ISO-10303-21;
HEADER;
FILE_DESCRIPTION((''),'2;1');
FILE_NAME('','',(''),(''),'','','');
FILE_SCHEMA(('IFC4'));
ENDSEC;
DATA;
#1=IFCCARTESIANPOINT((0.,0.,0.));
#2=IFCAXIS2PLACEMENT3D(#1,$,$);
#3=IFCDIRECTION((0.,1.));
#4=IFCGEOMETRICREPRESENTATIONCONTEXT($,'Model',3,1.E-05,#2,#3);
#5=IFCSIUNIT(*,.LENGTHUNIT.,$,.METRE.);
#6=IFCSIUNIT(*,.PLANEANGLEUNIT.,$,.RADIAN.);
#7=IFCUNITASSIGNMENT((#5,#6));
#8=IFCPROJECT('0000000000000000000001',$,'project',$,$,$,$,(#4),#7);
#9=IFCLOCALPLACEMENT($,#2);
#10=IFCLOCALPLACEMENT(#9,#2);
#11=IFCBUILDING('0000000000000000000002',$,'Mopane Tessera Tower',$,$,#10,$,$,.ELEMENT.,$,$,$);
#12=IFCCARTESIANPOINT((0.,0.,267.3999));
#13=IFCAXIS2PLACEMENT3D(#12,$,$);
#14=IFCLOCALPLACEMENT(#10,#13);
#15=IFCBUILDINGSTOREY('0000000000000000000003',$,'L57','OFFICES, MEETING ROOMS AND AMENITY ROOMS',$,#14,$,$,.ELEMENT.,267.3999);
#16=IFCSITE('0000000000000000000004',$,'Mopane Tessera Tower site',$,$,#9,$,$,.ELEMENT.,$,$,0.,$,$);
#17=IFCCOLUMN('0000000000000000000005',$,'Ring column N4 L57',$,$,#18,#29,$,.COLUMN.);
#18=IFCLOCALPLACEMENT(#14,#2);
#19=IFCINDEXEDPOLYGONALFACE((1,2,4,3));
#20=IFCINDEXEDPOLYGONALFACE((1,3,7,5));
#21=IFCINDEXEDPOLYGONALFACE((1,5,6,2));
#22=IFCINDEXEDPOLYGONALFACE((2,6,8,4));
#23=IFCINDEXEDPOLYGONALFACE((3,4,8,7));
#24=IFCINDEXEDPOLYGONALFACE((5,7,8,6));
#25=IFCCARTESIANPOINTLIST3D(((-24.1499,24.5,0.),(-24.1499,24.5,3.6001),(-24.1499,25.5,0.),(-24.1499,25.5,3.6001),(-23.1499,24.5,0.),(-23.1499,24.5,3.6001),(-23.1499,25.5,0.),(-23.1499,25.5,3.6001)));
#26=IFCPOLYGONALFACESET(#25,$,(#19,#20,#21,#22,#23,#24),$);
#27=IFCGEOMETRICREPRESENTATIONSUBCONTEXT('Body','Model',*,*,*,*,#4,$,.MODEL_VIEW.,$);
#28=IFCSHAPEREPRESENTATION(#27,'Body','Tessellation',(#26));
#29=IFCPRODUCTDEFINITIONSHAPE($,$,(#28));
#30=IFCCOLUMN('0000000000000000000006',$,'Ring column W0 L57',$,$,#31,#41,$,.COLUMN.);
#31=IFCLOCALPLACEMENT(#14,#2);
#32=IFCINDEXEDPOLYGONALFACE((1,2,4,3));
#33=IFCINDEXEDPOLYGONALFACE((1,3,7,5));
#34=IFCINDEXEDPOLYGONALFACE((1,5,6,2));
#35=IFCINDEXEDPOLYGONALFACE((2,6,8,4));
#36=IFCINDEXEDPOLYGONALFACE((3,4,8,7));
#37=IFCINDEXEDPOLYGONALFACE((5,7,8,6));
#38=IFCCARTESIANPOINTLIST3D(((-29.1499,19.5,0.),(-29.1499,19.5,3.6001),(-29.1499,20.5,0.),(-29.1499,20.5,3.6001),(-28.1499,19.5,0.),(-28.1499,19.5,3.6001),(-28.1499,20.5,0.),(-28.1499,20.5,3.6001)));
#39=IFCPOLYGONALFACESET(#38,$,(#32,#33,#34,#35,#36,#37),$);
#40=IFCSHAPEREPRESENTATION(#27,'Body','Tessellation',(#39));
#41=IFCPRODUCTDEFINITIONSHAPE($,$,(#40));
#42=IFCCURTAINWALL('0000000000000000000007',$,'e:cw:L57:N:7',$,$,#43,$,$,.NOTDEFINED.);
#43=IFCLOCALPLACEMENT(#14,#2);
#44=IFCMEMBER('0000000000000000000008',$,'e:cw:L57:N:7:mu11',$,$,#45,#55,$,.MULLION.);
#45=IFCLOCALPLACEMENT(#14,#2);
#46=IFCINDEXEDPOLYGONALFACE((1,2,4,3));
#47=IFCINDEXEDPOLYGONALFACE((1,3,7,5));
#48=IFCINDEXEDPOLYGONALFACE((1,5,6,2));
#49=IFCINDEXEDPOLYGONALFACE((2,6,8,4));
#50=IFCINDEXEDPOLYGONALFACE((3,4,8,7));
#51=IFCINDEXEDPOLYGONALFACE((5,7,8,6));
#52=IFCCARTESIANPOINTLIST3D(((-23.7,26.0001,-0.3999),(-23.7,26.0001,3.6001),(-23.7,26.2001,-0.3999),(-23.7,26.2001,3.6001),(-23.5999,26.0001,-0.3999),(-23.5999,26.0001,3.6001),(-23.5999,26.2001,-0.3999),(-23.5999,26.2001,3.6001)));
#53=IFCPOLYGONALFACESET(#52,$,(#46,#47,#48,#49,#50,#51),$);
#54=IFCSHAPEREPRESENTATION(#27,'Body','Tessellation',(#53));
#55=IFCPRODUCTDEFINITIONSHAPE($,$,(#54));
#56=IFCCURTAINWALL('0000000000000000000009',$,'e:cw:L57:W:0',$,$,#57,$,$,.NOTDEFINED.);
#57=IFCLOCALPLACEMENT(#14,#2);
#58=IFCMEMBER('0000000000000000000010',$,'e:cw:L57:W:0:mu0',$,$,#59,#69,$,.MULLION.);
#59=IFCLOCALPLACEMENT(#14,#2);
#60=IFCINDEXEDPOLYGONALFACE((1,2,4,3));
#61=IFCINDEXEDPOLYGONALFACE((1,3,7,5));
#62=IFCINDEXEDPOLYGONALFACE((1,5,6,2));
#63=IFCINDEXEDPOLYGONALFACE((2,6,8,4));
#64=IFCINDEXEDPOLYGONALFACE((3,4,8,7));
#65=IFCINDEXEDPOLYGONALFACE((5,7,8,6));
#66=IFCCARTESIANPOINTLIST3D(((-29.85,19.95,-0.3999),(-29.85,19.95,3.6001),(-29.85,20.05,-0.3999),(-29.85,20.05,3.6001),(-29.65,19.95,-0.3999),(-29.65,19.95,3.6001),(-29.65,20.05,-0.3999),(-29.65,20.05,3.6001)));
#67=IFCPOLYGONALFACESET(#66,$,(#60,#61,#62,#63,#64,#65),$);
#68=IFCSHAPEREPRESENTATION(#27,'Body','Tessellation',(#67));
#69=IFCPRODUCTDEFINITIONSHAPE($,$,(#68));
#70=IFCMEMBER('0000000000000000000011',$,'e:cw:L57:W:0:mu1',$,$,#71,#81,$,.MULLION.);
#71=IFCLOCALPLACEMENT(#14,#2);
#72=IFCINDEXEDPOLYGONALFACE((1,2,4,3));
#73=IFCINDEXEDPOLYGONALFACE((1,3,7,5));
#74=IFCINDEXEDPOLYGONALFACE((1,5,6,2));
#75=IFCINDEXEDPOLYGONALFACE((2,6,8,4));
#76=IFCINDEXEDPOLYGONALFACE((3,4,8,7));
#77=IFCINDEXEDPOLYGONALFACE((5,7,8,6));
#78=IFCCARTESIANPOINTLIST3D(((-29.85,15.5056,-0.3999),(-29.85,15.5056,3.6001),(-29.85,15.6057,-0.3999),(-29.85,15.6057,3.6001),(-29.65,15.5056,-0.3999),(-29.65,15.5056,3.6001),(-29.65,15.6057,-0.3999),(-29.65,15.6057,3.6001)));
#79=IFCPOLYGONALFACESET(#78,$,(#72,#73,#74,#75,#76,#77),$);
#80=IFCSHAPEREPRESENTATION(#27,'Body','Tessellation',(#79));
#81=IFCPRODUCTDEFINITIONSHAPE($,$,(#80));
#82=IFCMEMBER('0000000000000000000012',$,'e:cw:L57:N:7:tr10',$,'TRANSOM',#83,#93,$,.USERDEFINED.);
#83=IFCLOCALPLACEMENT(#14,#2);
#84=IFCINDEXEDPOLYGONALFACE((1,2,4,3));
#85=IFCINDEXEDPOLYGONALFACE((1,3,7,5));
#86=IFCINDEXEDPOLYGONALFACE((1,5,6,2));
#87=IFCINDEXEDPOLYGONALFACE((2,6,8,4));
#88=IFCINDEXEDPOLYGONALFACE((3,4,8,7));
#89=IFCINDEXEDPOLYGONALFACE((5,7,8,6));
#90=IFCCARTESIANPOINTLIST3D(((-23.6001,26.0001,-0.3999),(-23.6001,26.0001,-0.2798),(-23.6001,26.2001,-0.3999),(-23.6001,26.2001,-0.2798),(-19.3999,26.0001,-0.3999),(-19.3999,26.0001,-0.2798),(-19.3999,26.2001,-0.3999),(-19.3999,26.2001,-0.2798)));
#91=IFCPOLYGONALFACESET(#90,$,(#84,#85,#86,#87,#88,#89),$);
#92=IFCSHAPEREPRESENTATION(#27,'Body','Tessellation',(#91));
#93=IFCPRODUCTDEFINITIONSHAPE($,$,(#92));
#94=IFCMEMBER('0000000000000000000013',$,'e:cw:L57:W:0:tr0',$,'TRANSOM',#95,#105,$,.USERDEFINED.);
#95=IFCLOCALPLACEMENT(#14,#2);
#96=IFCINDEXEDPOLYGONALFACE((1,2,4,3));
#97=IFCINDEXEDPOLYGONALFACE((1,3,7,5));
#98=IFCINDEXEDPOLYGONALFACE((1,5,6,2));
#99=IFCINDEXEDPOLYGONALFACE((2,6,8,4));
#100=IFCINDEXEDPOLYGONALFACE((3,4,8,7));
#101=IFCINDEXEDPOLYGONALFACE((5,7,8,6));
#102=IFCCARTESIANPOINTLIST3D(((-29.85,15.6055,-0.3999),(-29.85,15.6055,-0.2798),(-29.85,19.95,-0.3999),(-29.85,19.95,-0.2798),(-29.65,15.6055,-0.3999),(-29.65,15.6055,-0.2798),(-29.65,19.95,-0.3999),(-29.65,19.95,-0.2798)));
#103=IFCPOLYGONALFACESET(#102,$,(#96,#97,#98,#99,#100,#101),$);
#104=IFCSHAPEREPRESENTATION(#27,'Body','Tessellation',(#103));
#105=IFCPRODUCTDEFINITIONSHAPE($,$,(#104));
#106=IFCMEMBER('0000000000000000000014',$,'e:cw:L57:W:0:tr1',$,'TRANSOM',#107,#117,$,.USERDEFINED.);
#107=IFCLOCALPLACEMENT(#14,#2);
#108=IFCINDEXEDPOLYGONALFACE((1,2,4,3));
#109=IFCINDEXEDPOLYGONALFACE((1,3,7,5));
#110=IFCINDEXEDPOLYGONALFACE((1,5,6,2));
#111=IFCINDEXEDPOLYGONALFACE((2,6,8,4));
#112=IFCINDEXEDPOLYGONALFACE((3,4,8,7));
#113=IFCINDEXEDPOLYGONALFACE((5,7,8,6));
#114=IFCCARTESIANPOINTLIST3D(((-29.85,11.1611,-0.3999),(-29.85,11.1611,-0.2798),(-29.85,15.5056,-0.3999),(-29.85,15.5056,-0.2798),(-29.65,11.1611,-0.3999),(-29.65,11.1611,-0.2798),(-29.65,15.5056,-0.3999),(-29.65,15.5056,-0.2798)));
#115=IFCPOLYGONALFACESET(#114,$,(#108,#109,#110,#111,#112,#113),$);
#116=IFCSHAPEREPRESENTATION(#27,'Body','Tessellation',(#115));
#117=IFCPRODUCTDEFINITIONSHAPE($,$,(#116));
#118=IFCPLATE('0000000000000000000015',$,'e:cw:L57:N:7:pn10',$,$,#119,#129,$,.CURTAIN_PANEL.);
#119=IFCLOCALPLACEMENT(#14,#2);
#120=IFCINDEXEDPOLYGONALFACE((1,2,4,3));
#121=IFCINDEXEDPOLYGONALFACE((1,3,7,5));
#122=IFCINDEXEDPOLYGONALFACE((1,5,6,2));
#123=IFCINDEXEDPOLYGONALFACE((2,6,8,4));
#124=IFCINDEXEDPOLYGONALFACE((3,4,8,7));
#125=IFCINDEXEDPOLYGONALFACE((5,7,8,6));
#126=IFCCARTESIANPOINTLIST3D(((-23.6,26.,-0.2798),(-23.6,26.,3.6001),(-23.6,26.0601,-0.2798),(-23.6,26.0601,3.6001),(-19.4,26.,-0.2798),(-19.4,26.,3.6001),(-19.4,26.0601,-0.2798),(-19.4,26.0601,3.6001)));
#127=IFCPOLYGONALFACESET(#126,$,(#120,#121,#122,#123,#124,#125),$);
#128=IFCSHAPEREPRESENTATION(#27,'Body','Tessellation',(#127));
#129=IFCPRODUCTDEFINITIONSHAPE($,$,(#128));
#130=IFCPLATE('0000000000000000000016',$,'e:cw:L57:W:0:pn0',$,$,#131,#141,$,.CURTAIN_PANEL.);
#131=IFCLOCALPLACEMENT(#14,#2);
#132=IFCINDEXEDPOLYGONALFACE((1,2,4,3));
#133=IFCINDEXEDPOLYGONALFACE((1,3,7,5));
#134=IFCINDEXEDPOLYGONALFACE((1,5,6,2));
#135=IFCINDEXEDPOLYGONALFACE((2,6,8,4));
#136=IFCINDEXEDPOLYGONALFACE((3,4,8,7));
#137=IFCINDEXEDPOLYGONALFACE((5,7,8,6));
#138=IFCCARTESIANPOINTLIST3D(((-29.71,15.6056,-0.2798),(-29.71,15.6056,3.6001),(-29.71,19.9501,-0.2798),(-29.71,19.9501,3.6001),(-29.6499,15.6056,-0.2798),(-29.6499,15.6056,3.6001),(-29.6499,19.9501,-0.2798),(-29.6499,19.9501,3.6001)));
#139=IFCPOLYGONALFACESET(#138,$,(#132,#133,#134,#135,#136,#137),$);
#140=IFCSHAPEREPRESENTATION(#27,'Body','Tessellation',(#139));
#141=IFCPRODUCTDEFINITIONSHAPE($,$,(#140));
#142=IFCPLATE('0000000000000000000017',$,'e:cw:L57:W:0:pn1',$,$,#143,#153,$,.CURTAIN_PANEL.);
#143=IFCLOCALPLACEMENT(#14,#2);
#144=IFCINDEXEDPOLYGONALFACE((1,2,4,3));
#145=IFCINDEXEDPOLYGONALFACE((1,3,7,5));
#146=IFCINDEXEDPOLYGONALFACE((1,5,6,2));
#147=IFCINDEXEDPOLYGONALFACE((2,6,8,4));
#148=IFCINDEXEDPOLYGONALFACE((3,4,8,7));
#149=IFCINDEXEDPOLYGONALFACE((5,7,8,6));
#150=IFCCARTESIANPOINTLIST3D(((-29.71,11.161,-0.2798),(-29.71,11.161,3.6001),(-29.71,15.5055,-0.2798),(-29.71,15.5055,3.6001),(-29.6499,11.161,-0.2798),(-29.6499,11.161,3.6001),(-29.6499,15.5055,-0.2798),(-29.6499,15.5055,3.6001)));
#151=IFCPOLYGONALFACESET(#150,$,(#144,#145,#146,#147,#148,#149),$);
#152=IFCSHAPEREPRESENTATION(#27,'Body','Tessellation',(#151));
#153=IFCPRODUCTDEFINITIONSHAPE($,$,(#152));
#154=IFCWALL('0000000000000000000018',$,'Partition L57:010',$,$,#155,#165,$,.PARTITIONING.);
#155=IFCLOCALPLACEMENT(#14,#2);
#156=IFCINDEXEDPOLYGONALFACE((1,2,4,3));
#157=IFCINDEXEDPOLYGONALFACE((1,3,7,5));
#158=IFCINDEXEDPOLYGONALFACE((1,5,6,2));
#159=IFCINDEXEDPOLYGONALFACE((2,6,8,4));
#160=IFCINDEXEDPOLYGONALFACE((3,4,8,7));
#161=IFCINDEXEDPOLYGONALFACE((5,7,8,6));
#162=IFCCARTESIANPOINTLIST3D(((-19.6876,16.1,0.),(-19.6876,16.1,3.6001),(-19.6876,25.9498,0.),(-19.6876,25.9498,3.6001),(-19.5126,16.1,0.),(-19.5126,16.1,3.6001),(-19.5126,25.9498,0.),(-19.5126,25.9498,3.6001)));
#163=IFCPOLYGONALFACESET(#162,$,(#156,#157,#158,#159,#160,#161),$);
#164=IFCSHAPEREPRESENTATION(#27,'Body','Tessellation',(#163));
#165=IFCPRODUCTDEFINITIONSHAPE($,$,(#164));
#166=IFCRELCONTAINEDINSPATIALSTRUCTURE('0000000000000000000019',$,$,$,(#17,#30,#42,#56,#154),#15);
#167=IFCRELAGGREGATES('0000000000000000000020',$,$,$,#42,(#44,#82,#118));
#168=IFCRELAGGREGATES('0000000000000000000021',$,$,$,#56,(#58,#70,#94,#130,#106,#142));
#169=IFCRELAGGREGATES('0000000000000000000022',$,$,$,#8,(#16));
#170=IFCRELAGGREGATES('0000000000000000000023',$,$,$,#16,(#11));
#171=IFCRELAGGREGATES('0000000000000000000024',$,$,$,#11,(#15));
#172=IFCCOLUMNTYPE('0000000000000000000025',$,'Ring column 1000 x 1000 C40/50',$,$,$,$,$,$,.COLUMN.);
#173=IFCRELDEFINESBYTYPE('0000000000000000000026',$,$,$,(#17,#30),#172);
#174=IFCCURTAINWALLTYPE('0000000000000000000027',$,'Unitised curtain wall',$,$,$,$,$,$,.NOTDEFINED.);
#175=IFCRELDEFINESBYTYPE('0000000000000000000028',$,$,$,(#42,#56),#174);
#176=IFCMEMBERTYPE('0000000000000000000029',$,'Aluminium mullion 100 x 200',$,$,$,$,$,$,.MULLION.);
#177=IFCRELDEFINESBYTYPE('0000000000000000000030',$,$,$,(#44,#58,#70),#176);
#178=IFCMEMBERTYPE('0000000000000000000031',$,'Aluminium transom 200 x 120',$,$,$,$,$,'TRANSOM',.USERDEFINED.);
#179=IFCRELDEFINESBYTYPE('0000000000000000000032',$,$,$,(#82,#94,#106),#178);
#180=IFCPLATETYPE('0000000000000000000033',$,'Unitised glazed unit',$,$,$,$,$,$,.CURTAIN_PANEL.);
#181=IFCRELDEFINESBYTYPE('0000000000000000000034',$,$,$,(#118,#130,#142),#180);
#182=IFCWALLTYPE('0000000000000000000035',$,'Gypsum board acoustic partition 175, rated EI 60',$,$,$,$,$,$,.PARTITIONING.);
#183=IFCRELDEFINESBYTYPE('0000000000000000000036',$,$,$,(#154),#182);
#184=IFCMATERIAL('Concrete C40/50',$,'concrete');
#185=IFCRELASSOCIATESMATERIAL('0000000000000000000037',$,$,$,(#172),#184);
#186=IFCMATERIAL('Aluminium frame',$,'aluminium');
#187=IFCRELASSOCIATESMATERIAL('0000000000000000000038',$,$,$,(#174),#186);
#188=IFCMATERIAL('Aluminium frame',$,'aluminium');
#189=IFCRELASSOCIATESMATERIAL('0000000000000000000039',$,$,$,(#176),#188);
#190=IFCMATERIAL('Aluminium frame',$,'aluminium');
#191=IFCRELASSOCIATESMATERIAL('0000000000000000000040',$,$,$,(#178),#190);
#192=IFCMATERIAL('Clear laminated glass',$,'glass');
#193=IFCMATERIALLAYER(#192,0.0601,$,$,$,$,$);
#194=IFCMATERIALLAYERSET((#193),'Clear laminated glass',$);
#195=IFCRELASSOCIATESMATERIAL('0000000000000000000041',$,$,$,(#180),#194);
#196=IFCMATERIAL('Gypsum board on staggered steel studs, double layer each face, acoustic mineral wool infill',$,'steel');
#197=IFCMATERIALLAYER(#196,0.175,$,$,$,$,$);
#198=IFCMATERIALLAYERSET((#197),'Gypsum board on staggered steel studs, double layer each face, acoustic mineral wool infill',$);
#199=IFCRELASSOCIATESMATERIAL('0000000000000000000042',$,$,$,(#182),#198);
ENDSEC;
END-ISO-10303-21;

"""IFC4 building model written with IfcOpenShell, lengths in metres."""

from ifc_helpers import new_model, si_unit, direction, frame, frame_2d, origin, origin_2d, place, context, subcontext, project, spatial, rectangle, extrude, material, layer, layer_set, material_profile, profile_set, type_object, element, aggregate, save


model = new_model("IFC4")

# Units and contexts
model_context = context("Model", 3, precision=1e-05, world=origin(), true_north=direction((0.0, 1.0)))
body_context = subcontext(model_context, "Body", "Model", "MODEL_VIEW")
ifc_project = project(units=[si_unit("LENGTHUNIT", "METRE"), si_unit("PLANEANGLEUNIT", "RADIAN")], contexts=[model_context])

# Site, building, storey
site_placement = place(None, origin())
site = spatial("IfcSite", under=ifc_project, at=site_placement, Name="Mopane Tessera Tower site", CompositionType="ELEMENT", RefElevation=0.0)
building_placement = place(site_placement, origin())
building = spatial("IfcBuilding", under=site, at=building_placement, Name="Mopane Tessera Tower", CompositionType="ELEMENT")
storey_placement = place(building_placement, frame((0.0, 0.0, 267.3999)))
storey = spatial("IfcBuildingStorey", under=building, at=storey_placement, Name="L57", Description="OFFICES, MEETING ROOMS AND AMENITY ROOMS", CompositionType="ELEMENT", Elevation=267.3999)

# Columns
ifc_material_1 = material(Name="Concrete C40/50", Category="concrete")
ifc_material_profile_1 = material_profile(ifc_material_1, rectangle(XDim=1.0, YDim=1.0, at=origin_2d()))
ifc_profile_set_1 = profile_set([ifc_material_profile_1], Name="Concrete C40/50")
column_type = type_object("IfcColumnType", Name="Ring column 1000 x 1000 C40/50", PredefinedType="COLUMN", material=ifc_profile_set_1)
for number, where, z_axis, x_axis, name in (
    (1, (-23.6499, 25.0, 0.0), (0.0, 0.0, 1.0), (1.0, 0.0, 0.0), "Ring column N4 L57"),
    (2, (-28.6499, 20.0, 0.0), (0.0, 0.0, 1.0), (1.0, 0.0, 0.0), "Ring column W0 L57"),
):
    element("IfcColumn", number, at=place(storey_placement, frame(where, z_axis=z_axis, x_axis=x_axis)), inside=storey, type_object=column_type, Name=name, PredefinedType="COLUMN", context=body_context, shape_type="SweptSolid", body=[
        extrude(rectangle(XDim=1.0, YDim=1.0, at=origin_2d()), origin(), (0.0, 0.0, 1.0), 3.6001),
    ])

# Curtain wall, member
ifc_material_2 = material(Name="Aluminium frame", Category="aluminium")
curtain_wall_type = type_object("IfcCurtainWallType", Name="Unitised curtain wall", PredefinedType="NOTDEFINED", material=ifc_material_2)
curtain_wall_1_placement = place(storey_placement, origin())
curtain_wall_1 = element("IfcCurtainWall", 3, at=curtain_wall_1_placement, inside=storey, type_object=curtain_wall_type, Name="e:cw:L57:N:7", PredefinedType="NOTDEFINED")
ifc_material_3 = material(Name="Aluminium frame", Category="aluminium")
ifc_material_profile_2 = material_profile(ifc_material_3, rectangle(XDim=0.1001, YDim=0.2, at=origin_2d()))
ifc_profile_set_2 = profile_set([ifc_material_profile_2], Name="Aluminium frame")
member_type_1 = type_object("IfcMemberType", Name="Aluminium mullion 100 x 200", PredefinedType="MULLION", material=ifc_profile_set_2)
member_1_placement = place(storey_placement, frame((-23.6499, 26.1001, -0.3999), z_axis=(0.0, 0.0, 1.0), x_axis=(-1.0, 0.0, 0.0)))
member_1 = element("IfcMember", 4, at=member_1_placement, type_object=member_type_1, Name="e:cw:L57:N:7:mu11", PredefinedType="MULLION", context=body_context, shape_type="SweptSolid", body=[
    extrude(rectangle(XDim=0.1001, YDim=0.2, at=origin_2d()), origin(), (0.0, 0.0, 1.0), 4.0),
])

# Curtain wall, members
curtain_wall_2_placement = place(storey_placement, origin())
curtain_wall_2 = element("IfcCurtainWall", 5, at=curtain_wall_2_placement, inside=storey, type_object=curtain_wall_type, Name="e:cw:L57:W:0", PredefinedType="NOTDEFINED")
member_2_placement = place(storey_placement, frame((-29.75, 20.0, -0.3999), z_axis=(0.0, 0.0, 1.0), x_axis=(0.0, -1.0, 0.0)))
member_2 = element("IfcMember", 6, at=member_2_placement, type_object=member_type_1, Name="e:cw:L57:W:0:mu0", PredefinedType="MULLION", context=body_context, shape_type="SweptSolid", body=[
    extrude(rectangle(XDim=0.1001, YDim=0.2, at=origin_2d()), origin(), (0.0, 0.0, 1.0), 4.0),
])
member_3_placement = place(storey_placement, frame((-29.75, 15.5557, -0.3999), z_axis=(0.0, 0.0, 1.0), x_axis=(0.0, -1.0, 0.0)))
member_3 = element("IfcMember", 7, at=member_3_placement, type_object=member_type_1, Name="e:cw:L57:W:0:mu1", PredefinedType="MULLION", context=body_context, shape_type="SweptSolid", body=[
    extrude(rectangle(XDim=0.1001, YDim=0.2, at=origin_2d()), origin(), (0.0, 0.0, 1.0), 4.0),
])

# Members
ifc_material_4 = material(Name="Aluminium frame", Category="aluminium")
ifc_material_profile_3 = material_profile(ifc_material_4, rectangle(XDim=0.2, YDim=0.1201, at=origin_2d()))
ifc_profile_set_3 = profile_set([ifc_material_profile_3], Name="Aluminium frame")
member_type_2 = type_object("IfcMemberType", Name="Aluminium transom 200 x 120", ElementType="TRANSOM", PredefinedType="USERDEFINED", material=ifc_profile_set_3)
member_4_placement = place(storey_placement, frame((-19.3999, 26.1001, -0.3398), z_axis=(-1.0, 0.0, 0.0), x_axis=(0.0, -1.0, 0.0)))
member_4 = element("IfcMember", 8, at=member_4_placement, type_object=member_type_2, Name="e:cw:L57:N:7:tr10", ObjectType="TRANSOM", PredefinedType="USERDEFINED", context=body_context, shape_type="SweptSolid", body=[
    extrude(rectangle(XDim=0.2, YDim=0.1201, at=origin_2d()), origin(), (0.0, 0.0, 1.0), 4.2002),
])
member_5_placement = place(storey_placement, frame((-29.75, 19.95, -0.3398), z_axis=(0.0, -1.0, 0.0), x_axis=(1.0, 0.0, 0.0)))
member_5 = element("IfcMember", 9, at=member_5_placement, type_object=member_type_2, Name="e:cw:L57:W:0:tr0", ObjectType="TRANSOM", PredefinedType="USERDEFINED", context=body_context, shape_type="SweptSolid", body=[
    extrude(rectangle(XDim=0.2, YDim=0.1201, at=origin_2d()), origin(), (0.0, 0.0, 1.0), 4.3445),
])
member_6_placement = place(storey_placement, frame((-29.75, 15.5056, -0.3398), z_axis=(0.0, -1.0, 0.0), x_axis=(1.0, 0.0, 0.0)))
member_6 = element("IfcMember", 10, at=member_6_placement, type_object=member_type_2, Name="e:cw:L57:W:0:tr1", ObjectType="TRANSOM", PredefinedType="USERDEFINED", context=body_context, shape_type="SweptSolid", body=[
    extrude(rectangle(XDim=0.2, YDim=0.1201, at=origin_2d()), origin(), (0.0, 0.0, 1.0), 4.3445),
])

# Plates
ifc_material_5 = material(Name="Clear laminated glass", Category="glass")
ifc_layer_1 = layer(ifc_material_5, 0.0601)
ifc_layer_set_1 = layer_set([ifc_layer_1], Name="Clear laminated glass")
plate_type = type_object("IfcPlateType", Name="Unitised glazed unit", PredefinedType="CURTAIN_PANEL", material=ifc_layer_set_1)
plate_1_placement = place(storey_placement, frame((-21.5, 26.03, -0.2798), z_axis=(0.0, 0.0, 1.0), x_axis=(-1.0, 0.0, 0.0)))
plate_1 = element("IfcPlate", 11, at=plate_1_placement, type_object=plate_type, Name="e:cw:L57:N:7:pn10", PredefinedType="CURTAIN_PANEL", context=body_context, shape_type="SweptSolid", body=[
    extrude(rectangle(XDim=4.2, YDim=0.0601, at=origin_2d()), origin(), (0.0, 0.0, 1.0), 3.8799),
])
aggregate(curtain_wall_1, [member_1, member_4, plate_1])
plate_2_placement = place(storey_placement, frame((-29.6799, 17.7778, -0.2798), z_axis=(0.0, 0.0, 1.0), x_axis=(0.0, -1.0, 0.0)))
plate_2 = element("IfcPlate", 12, at=plate_2_placement, type_object=plate_type, Name="e:cw:L57:W:0:pn0", PredefinedType="CURTAIN_PANEL", context=body_context, shape_type="SweptSolid", body=[
    extrude(rectangle(XDim=4.3445, YDim=0.0601, at=origin_2d()), origin(), (0.0, 0.0, 1.0), 3.8799),
])
plate_3_placement = place(storey_placement, frame((-29.6799, 13.3333, -0.2798), z_axis=(0.0, 0.0, 1.0), x_axis=(0.0, -1.0, 0.0)))
plate_3 = element("IfcPlate", 13, at=plate_3_placement, type_object=plate_type, Name="e:cw:L57:W:0:pn1", PredefinedType="CURTAIN_PANEL", context=body_context, shape_type="SweptSolid", body=[
    extrude(rectangle(XDim=4.3445, YDim=0.0601, at=origin_2d()), origin(), (0.0, 0.0, 1.0), 3.8799),
])
aggregate(curtain_wall_2, [member_2, member_3, member_5, plate_2, member_6, plate_3])

# Wall
ifc_material_6 = material(Name="Gypsum board on staggered steel studs, double layer each face, acoustic mineral wool infill", Category="steel")
ifc_layer_2 = layer(ifc_material_6, 0.175)
ifc_layer_set_2 = layer_set([ifc_layer_2], Name="Gypsum board on staggered steel studs, double layer each face, acoustic mineral wool infill")
wall_type_1 = type_object("IfcWallType", Name="Gypsum board acoustic partition 175, rated EI 60", PredefinedType="PARTITIONING", material=ifc_layer_set_2)
wall_1_placement = place(storey_placement, frame((-19.6001, 16.1001, 0.0), z_axis=(0.0, 0.0, 1.0), x_axis=(0.0, 1.0, 0.0)))
element("IfcWall", 14, at=wall_1_placement, inside=storey, type_object=wall_type_1, Name="Partition L57:010", PredefinedType="PARTITIONING", context=body_context, shape_type="SweptSolid", body=[
    extrude(rectangle(XDim=9.8499, YDim=0.175, at=frame_2d((4.9248, 0.0))), origin(), (0.0, 0.0, 1.0), 3.6001),
])

save(model, "model.ifc")
